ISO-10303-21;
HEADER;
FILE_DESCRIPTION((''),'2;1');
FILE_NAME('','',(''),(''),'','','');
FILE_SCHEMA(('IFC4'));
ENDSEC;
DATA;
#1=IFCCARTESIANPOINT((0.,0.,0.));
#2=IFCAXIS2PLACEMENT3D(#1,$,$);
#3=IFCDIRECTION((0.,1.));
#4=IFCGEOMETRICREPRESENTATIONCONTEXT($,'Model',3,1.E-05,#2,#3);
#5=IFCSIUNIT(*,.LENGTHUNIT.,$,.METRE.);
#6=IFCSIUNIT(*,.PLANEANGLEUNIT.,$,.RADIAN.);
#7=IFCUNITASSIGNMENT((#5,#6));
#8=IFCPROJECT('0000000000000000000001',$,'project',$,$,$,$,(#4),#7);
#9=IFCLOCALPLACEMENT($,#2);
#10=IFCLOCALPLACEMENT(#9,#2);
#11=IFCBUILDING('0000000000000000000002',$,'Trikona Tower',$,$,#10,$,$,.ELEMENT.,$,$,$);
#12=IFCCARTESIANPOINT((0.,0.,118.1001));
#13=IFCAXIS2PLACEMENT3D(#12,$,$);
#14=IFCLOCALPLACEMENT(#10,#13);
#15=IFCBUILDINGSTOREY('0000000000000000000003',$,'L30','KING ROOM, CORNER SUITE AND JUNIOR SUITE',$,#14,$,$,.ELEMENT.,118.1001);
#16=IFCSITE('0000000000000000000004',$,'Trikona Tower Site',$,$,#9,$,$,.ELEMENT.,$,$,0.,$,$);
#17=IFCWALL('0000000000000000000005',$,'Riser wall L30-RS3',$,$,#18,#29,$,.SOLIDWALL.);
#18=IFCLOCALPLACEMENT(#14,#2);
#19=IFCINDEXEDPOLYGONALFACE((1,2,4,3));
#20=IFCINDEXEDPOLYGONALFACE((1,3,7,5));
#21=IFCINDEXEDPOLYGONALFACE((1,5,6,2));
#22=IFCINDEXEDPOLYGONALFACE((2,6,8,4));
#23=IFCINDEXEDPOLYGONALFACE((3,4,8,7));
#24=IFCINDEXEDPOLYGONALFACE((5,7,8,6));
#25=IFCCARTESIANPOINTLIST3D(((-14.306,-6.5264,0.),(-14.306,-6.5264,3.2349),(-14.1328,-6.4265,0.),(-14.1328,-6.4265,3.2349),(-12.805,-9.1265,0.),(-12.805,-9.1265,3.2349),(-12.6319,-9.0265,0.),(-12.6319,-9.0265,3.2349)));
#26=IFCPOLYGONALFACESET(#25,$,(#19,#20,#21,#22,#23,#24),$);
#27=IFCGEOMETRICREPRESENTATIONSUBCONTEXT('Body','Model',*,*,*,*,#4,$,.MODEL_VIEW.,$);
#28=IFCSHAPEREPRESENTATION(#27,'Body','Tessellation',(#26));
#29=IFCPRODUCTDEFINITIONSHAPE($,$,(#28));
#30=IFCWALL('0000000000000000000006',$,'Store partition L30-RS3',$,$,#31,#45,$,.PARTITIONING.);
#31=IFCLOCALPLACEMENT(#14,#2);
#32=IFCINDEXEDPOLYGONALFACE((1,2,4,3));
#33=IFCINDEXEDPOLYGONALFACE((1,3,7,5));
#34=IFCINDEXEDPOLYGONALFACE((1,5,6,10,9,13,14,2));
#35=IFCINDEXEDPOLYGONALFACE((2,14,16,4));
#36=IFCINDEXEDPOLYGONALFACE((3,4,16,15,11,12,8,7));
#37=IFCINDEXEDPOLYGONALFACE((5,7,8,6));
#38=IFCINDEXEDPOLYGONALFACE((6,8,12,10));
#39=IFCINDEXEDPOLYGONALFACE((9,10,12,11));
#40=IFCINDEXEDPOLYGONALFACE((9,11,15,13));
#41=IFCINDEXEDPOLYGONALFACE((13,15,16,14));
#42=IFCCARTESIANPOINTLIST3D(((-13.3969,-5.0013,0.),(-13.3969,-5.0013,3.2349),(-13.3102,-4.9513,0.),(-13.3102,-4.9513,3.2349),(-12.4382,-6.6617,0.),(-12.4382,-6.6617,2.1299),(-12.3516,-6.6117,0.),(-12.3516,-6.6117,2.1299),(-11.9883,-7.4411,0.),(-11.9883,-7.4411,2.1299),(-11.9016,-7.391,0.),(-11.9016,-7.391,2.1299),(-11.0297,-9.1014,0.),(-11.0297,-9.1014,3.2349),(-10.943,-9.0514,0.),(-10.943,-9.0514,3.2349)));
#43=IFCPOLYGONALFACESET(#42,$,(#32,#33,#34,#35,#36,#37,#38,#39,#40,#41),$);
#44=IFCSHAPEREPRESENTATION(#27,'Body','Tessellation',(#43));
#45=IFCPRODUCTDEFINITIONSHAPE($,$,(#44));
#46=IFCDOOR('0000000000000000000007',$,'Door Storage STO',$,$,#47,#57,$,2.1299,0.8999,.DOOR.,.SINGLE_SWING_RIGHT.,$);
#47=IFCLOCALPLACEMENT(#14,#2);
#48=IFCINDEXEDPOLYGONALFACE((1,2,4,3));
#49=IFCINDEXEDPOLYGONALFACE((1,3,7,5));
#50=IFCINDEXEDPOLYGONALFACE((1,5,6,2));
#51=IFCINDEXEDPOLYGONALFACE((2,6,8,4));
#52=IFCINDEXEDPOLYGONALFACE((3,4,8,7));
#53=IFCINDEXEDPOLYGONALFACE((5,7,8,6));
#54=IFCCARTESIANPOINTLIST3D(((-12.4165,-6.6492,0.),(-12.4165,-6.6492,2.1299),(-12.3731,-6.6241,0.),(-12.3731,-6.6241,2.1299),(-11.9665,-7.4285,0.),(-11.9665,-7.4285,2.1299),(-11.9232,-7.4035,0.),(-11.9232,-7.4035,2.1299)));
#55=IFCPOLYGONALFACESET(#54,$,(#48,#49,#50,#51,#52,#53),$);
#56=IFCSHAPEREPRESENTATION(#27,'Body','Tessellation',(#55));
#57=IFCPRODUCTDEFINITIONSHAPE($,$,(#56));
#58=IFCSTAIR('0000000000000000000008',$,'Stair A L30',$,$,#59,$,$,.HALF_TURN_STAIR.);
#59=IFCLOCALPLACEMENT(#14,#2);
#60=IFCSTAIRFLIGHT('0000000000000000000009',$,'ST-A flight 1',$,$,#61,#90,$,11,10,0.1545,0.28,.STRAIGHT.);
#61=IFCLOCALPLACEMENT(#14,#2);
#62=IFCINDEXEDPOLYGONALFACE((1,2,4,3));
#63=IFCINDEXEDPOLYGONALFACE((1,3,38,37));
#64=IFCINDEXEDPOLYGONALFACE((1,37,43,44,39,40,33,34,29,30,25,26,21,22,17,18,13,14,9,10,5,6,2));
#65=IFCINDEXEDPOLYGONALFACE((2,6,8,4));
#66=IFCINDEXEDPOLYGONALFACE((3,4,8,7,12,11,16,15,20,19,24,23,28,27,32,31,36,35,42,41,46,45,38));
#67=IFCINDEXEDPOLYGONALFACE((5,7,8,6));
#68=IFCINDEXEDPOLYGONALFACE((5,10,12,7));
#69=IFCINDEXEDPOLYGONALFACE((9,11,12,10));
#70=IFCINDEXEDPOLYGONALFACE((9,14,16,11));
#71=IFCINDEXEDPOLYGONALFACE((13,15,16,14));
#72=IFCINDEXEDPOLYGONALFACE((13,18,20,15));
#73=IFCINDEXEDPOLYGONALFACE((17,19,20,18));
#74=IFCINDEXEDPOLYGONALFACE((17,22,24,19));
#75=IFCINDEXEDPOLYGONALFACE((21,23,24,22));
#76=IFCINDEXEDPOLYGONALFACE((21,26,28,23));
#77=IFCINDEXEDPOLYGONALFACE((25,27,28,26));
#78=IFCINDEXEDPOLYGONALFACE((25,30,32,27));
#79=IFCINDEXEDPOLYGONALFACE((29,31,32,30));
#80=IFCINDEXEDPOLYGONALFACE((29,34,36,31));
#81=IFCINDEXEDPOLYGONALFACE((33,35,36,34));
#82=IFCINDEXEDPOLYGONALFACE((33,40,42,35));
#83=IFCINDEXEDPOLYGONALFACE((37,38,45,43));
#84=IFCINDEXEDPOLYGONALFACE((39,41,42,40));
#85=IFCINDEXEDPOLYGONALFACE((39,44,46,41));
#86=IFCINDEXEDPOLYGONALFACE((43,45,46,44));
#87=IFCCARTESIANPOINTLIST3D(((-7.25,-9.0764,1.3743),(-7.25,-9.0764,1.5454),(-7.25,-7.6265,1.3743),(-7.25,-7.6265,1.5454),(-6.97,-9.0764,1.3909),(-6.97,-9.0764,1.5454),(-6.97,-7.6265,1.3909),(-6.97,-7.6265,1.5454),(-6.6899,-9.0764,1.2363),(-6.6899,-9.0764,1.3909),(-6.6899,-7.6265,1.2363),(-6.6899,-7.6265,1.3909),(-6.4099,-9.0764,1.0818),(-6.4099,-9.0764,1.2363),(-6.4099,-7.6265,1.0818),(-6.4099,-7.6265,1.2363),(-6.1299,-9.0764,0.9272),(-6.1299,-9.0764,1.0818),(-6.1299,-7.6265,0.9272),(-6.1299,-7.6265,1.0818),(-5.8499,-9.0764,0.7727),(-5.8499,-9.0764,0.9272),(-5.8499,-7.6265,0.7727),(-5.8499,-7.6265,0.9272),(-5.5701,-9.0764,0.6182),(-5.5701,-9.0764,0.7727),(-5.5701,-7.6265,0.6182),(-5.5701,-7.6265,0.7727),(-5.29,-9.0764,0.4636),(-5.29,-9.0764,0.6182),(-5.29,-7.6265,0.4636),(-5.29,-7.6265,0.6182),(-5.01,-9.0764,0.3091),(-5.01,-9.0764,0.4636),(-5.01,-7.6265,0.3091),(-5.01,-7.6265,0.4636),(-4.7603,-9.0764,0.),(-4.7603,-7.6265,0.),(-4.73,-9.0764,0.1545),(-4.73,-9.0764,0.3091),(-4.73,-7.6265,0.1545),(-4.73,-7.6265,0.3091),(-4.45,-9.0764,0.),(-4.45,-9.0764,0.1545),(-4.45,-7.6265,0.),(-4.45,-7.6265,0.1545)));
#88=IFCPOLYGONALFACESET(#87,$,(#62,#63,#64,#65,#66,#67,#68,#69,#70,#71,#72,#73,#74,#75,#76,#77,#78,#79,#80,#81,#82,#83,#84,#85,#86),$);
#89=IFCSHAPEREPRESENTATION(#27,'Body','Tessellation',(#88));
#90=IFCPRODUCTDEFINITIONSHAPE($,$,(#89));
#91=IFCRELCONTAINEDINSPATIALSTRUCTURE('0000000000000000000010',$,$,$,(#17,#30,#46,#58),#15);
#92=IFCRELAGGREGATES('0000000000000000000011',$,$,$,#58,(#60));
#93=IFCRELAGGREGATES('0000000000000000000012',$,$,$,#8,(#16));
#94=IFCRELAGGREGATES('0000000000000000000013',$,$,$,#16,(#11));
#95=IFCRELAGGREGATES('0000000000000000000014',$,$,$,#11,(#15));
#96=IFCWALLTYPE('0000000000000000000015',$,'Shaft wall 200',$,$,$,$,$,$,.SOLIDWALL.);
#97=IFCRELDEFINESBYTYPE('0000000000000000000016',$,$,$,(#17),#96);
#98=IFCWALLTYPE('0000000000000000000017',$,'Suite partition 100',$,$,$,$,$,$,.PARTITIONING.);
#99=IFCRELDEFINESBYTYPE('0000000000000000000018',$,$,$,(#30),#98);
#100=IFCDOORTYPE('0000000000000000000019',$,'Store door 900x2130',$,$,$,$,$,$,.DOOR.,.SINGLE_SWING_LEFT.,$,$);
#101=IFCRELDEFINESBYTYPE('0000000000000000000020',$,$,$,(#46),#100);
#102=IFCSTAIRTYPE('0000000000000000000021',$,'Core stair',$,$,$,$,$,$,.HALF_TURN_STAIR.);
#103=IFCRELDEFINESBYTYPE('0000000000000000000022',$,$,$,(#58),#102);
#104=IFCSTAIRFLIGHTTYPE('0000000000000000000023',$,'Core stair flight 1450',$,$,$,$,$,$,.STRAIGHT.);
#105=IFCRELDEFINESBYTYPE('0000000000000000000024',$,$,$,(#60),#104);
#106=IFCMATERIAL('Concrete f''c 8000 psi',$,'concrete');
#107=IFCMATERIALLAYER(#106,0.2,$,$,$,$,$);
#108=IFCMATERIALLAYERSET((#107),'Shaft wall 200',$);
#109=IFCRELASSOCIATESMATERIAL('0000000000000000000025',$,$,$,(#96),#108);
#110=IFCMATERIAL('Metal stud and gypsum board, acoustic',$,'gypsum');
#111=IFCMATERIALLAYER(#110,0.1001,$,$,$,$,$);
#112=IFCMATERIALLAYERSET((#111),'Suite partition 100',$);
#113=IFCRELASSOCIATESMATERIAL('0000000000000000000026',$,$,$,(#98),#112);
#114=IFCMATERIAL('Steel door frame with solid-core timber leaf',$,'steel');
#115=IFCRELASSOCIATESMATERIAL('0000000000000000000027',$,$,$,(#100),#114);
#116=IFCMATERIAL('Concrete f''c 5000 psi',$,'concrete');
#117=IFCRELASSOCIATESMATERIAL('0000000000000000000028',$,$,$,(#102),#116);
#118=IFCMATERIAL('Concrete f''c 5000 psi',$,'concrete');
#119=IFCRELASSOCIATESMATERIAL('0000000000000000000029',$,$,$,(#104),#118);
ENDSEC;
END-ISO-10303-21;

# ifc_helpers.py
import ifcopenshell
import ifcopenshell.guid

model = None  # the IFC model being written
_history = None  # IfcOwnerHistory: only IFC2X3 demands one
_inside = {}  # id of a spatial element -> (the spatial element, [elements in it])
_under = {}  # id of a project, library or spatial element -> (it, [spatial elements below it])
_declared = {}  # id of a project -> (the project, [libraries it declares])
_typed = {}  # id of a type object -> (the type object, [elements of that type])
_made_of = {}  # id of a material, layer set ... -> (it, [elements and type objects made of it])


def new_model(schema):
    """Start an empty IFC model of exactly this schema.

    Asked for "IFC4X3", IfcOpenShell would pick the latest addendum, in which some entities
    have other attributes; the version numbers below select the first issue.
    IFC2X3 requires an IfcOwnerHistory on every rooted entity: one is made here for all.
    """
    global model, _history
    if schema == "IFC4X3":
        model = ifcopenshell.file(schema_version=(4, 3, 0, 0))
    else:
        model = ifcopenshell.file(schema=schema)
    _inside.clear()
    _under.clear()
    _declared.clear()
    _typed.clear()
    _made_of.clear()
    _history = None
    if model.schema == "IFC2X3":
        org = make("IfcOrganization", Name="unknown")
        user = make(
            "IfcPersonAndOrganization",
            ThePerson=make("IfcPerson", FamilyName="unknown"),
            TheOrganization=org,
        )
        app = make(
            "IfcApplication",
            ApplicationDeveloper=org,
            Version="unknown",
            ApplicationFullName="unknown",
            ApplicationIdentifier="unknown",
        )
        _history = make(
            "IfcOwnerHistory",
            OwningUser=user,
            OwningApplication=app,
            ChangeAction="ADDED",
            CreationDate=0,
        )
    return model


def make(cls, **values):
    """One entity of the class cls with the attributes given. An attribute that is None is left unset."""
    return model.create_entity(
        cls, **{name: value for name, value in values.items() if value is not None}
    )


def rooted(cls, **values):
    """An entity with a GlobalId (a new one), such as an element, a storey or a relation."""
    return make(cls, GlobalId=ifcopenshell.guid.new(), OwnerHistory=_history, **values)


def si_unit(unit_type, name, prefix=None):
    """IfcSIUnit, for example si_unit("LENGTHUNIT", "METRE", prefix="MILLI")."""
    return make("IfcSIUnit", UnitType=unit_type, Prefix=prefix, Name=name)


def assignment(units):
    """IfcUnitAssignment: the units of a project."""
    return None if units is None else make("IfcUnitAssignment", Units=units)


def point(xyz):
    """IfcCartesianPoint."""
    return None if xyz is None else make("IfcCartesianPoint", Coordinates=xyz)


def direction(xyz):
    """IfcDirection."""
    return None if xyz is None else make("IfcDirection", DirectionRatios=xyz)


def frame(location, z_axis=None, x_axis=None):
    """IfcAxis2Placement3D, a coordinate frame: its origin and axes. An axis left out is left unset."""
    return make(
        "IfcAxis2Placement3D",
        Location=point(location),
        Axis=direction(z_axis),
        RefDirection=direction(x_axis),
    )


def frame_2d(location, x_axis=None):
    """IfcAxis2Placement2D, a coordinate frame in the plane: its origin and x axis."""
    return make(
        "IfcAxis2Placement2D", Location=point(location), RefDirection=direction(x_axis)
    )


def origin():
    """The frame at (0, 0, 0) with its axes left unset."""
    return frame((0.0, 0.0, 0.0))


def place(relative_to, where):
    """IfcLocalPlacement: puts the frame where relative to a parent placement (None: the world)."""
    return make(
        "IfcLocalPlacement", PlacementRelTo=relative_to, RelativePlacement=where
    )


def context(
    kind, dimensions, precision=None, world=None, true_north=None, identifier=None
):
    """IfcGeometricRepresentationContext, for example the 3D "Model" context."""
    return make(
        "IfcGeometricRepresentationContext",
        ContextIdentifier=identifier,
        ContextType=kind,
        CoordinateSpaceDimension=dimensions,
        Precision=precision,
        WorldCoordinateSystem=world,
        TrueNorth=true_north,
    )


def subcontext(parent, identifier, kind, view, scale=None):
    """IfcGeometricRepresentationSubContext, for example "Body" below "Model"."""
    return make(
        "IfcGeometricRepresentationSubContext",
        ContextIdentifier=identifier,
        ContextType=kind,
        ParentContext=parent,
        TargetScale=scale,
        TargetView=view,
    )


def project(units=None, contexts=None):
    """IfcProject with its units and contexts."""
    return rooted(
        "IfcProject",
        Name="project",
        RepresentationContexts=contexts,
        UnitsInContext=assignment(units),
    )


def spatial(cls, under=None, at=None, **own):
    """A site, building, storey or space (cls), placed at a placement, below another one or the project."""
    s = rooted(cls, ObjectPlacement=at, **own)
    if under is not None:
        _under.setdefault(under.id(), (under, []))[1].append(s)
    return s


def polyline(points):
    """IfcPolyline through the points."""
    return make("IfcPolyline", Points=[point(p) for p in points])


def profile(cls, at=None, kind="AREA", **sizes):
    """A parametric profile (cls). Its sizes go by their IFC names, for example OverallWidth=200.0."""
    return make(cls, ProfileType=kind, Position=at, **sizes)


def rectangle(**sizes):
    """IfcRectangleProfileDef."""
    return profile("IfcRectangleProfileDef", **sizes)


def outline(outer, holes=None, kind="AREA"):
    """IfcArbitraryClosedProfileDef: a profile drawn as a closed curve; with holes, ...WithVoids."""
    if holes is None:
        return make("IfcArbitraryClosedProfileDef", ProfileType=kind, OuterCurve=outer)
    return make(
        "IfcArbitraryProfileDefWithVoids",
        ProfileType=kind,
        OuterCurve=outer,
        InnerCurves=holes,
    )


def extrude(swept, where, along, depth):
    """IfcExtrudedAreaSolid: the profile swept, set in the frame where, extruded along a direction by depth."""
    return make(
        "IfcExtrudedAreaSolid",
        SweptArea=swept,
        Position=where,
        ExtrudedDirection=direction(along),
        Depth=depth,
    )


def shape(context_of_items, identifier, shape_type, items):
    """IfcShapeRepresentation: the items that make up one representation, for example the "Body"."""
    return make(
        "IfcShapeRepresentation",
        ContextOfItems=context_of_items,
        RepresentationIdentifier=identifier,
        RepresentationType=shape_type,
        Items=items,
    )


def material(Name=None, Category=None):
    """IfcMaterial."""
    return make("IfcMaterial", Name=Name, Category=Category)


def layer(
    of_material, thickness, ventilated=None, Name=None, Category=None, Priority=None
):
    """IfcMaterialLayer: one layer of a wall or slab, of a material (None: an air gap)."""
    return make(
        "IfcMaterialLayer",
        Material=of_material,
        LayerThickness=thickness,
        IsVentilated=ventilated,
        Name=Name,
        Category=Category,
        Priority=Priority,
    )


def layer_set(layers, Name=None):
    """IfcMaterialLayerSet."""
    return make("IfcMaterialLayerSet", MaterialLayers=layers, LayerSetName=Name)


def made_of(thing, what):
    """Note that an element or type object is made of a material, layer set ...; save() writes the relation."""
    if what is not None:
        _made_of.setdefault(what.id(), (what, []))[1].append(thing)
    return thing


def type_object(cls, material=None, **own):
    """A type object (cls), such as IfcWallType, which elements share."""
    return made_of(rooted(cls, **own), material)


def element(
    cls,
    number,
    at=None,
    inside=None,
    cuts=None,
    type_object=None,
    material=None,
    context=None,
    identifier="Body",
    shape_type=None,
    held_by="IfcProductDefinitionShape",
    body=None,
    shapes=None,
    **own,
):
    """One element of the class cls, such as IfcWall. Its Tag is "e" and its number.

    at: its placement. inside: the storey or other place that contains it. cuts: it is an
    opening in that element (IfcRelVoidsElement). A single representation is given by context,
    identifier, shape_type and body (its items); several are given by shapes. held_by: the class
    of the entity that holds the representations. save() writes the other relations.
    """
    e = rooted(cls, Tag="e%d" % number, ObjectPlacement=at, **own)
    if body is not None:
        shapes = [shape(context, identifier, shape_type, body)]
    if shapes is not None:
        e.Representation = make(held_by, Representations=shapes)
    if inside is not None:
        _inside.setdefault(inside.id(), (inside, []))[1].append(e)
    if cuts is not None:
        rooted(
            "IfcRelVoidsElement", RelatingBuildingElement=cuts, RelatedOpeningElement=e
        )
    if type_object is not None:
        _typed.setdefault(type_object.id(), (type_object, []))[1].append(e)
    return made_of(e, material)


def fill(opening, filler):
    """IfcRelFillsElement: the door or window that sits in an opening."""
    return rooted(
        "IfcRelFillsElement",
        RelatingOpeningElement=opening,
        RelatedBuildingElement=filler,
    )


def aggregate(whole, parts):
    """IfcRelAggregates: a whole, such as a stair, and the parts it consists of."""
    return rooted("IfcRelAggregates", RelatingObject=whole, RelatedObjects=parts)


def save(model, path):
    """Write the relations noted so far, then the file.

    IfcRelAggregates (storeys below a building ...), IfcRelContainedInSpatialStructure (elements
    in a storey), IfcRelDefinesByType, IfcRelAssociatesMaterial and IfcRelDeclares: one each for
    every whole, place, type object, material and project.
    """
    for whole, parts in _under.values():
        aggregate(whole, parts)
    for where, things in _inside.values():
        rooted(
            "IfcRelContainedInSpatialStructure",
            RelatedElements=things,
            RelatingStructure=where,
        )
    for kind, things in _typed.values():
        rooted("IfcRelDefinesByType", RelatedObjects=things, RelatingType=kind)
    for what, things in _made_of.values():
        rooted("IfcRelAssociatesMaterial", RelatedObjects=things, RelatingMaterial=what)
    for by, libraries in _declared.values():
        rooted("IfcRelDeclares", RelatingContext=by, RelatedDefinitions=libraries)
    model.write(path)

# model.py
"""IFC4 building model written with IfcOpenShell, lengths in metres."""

from ifc_helpers import new_model, si_unit, direction, frame, frame_2d, origin, place, context, subcontext, project, spatial, polyline, rectangle, outline, extrude, material, layer, layer_set, type_object, element, fill, aggregate, save


model = new_model("IFC4")

# Units and contexts
model_context = context("Model", 3, precision=1e-05, world=origin(), true_north=direction((0.0, 1.0)))
body_context = subcontext(model_context, "Body", "Model", "MODEL_VIEW")
ifc_project = project(units=[si_unit("LENGTHUNIT", "METRE"), si_unit("PLANEANGLEUNIT", "RADIAN")], contexts=[model_context])

# Site, building, storey
site_placement = place(None, origin())
site = spatial("IfcSite", under=ifc_project, at=site_placement, Name="Trikona Tower Site", CompositionType="ELEMENT", RefElevation=0.0)
building_placement = place(site_placement, origin())
building = spatial("IfcBuilding", under=site, at=building_placement, Name="Trikona Tower", CompositionType="ELEMENT")
storey_placement = place(building_placement, frame((0.0, 0.0, 118.1001)))
storey = spatial("IfcBuildingStorey", under=building, at=storey_placement, Name="L30", Description="KING ROOM, CORNER SUITE AND JUNIOR SUITE", CompositionType="ELEMENT", Elevation=118.1001)

# Wall
ifc_material_1 = material(Name="Concrete f'c 8000 psi", Category="concrete")
ifc_layer_1 = layer(ifc_material_1, 0.2)
ifc_layer_set_1 = layer_set([ifc_layer_1], Name="Shaft wall 200")
wall_type_1 = type_object("IfcWallType", Name="Shaft wall 200", PredefinedType="SOLIDWALL", material=ifc_layer_set_1)
wall_1_placement = place(storey_placement, frame((-12.7185, -9.0764, 0.0), z_axis=(0.0, 0.0, 1.0), x_axis=(-0.499952, 0.866053, 0.0)))
element("IfcWall", 1, at=wall_1_placement, inside=storey, type_object=wall_type_1, Name="Riser wall L30-RS3", PredefinedType="SOLIDWALL", context=body_context, shape_type="SweptSolid", body=[
    extrude(rectangle(XDim=3.0022, YDim=0.2, at=frame_2d((1.501, 0.0))), origin(), (0.0, 0.0, 1.0), 3.2349),
])

# Wall, opening, door
ifc_material_2 = material(Name="Metal stud and gypsum board, acoustic", Category="gypsum")
ifc_layer_2 = layer(ifc_material_2, 0.1001)
ifc_layer_set_2 = layer_set([ifc_layer_2], Name="Suite partition 100")
wall_type_2 = type_object("IfcWallType", Name="Suite partition 100", PredefinedType="PARTITIONING", material=ifc_layer_set_2)
wall_2_placement = place(storey_placement, frame((-10.9863, -9.0764, 0.0), z_axis=(0.0, 0.0, 1.0), x_axis=(-0.499999, 0.866026, 0.0)))
wall_2 = element("IfcWall", 2, at=wall_2_placement, inside=storey, type_object=wall_type_2, Name="Store partition L30-RS3", PredefinedType="PARTITIONING", context=body_context, shape_type="SweptSolid", body=[
    extrude(rectangle(XDim=4.7344, YDim=0.1001, at=frame_2d((2.3672, 0.0))), origin(), (0.0, 0.0, 1.0), 3.2349),
])
opening_1_placement = place(wall_2_placement, frame((1.9172, 0.0, 0.0)))
opening_1 = element("IfcOpeningElement", 3, at=opening_1_placement, cuts=wall_2, PredefinedType="OPENING", context=body_context, shape_type="SweptSolid", body=[
    extrude(rectangle(XDim=0.8999, YDim=2.1299, at=frame_2d((0.45, 1.0649))), frame((0.0, 0.0601, 0.0), z_axis=(0.0, -1.0, 0.0), x_axis=(1.0, 0.0, 0.0)), (0.0, 0.0, 1.0), 0.1201),
])
ifc_material_3 = material(Name="Steel door frame with solid-core timber leaf", Category="steel")
door_type_1 = type_object("IfcDoorType", Name="Store door 900x2130", OperationType="SINGLE_SWING_LEFT", PredefinedType="DOOR", material=ifc_material_3)
door_1_placement = place(opening_1_placement, origin())
door_1 = element("IfcDoor", 4, at=door_1_placement, inside=storey, type_object=door_type_1, Name="Door Storage STO", OperationType="SINGLE_SWING_RIGHT", OverallHeight=2.1299, OverallWidth=0.8999, PredefinedType="DOOR", context=body_context, shape_type="SweptSolid", body=[
    extrude(rectangle(XDim=0.8999, YDim=2.1299, at=frame_2d((0.45, 1.0649))), frame((0.0, 0.0249, 0.0), z_axis=(0.0, -1.0, 0.0), x_axis=(1.0, 0.0, 0.0)), (0.0, 0.0, 1.0), 0.05),
])
fill(opening_1, door_1)

# Stair, stair flight
ifc_material_4 = material(Name="Concrete f'c 5000 psi", Category="concrete")
stair_type = type_object("IfcStairType", Name="Core stair", PredefinedType="HALF_TURN_STAIR", material=ifc_material_4)
stair_placement = place(storey_placement, origin())
stair = element("IfcStair", 5, at=stair_placement, inside=storey, type_object=stair_type, Name="Stair A L30", PredefinedType="HALF_TURN_STAIR")
ifc_material_5 = material(Name="Concrete f'c 5000 psi", Category="concrete")
stair_flight_type = type_object("IfcStairFlightType", Name="Core stair flight 1450", PredefinedType="STRAIGHT", material=ifc_material_5)
stair_flight_placement = place(storey_placement, frame((-4.45, -8.3513, 0.0), z_axis=(0.0, 0.0, 1.0), x_axis=(-1.0, 0.0, 0.0)))
stair_flight = element("IfcStairFlight", 6, at=stair_flight_placement, type_object=stair_flight_type, Name="ST-A flight 1", NumberOfRisers=11, NumberOfTreads=10, PredefinedType="STRAIGHT", RiserHeight=0.1545, TreadLength=0.28, context=body_context, shape_type="SweptSolid", body=[
    extrude(outline(polyline([(0.0, 0.0), (0.0, 0.1545), (0.28, 0.1545), (0.28, 0.3091), (0.5601, 0.3091), (0.5601, 0.4636), (0.8401, 0.4636), (0.8401, 0.6182), (1.1201, 0.6182), (1.1201, 0.7727), (1.3999, 0.7727), (1.3999, 0.9272), (1.6799, 0.9272), (1.6799, 1.0818), (1.96, 1.0818), (1.96, 1.2363), (2.24, 1.2363), (2.24, 1.3909), (2.52, 1.3909), (2.52, 1.5454), (2.8, 1.5454), (2.8, 1.7), (2.8, 1.3743), (0.3103, 0.0), (0.0, 0.0)])), frame((0.0, 0.7251, 0.0), z_axis=(0.0, -1.0, 0.0), x_axis=(1.0, 0.0, 0.0)), (0.0, 0.0, 1.0), 1.45),
])
aggregate(stair, [stair_flight])

save(model, "model.ifc")
